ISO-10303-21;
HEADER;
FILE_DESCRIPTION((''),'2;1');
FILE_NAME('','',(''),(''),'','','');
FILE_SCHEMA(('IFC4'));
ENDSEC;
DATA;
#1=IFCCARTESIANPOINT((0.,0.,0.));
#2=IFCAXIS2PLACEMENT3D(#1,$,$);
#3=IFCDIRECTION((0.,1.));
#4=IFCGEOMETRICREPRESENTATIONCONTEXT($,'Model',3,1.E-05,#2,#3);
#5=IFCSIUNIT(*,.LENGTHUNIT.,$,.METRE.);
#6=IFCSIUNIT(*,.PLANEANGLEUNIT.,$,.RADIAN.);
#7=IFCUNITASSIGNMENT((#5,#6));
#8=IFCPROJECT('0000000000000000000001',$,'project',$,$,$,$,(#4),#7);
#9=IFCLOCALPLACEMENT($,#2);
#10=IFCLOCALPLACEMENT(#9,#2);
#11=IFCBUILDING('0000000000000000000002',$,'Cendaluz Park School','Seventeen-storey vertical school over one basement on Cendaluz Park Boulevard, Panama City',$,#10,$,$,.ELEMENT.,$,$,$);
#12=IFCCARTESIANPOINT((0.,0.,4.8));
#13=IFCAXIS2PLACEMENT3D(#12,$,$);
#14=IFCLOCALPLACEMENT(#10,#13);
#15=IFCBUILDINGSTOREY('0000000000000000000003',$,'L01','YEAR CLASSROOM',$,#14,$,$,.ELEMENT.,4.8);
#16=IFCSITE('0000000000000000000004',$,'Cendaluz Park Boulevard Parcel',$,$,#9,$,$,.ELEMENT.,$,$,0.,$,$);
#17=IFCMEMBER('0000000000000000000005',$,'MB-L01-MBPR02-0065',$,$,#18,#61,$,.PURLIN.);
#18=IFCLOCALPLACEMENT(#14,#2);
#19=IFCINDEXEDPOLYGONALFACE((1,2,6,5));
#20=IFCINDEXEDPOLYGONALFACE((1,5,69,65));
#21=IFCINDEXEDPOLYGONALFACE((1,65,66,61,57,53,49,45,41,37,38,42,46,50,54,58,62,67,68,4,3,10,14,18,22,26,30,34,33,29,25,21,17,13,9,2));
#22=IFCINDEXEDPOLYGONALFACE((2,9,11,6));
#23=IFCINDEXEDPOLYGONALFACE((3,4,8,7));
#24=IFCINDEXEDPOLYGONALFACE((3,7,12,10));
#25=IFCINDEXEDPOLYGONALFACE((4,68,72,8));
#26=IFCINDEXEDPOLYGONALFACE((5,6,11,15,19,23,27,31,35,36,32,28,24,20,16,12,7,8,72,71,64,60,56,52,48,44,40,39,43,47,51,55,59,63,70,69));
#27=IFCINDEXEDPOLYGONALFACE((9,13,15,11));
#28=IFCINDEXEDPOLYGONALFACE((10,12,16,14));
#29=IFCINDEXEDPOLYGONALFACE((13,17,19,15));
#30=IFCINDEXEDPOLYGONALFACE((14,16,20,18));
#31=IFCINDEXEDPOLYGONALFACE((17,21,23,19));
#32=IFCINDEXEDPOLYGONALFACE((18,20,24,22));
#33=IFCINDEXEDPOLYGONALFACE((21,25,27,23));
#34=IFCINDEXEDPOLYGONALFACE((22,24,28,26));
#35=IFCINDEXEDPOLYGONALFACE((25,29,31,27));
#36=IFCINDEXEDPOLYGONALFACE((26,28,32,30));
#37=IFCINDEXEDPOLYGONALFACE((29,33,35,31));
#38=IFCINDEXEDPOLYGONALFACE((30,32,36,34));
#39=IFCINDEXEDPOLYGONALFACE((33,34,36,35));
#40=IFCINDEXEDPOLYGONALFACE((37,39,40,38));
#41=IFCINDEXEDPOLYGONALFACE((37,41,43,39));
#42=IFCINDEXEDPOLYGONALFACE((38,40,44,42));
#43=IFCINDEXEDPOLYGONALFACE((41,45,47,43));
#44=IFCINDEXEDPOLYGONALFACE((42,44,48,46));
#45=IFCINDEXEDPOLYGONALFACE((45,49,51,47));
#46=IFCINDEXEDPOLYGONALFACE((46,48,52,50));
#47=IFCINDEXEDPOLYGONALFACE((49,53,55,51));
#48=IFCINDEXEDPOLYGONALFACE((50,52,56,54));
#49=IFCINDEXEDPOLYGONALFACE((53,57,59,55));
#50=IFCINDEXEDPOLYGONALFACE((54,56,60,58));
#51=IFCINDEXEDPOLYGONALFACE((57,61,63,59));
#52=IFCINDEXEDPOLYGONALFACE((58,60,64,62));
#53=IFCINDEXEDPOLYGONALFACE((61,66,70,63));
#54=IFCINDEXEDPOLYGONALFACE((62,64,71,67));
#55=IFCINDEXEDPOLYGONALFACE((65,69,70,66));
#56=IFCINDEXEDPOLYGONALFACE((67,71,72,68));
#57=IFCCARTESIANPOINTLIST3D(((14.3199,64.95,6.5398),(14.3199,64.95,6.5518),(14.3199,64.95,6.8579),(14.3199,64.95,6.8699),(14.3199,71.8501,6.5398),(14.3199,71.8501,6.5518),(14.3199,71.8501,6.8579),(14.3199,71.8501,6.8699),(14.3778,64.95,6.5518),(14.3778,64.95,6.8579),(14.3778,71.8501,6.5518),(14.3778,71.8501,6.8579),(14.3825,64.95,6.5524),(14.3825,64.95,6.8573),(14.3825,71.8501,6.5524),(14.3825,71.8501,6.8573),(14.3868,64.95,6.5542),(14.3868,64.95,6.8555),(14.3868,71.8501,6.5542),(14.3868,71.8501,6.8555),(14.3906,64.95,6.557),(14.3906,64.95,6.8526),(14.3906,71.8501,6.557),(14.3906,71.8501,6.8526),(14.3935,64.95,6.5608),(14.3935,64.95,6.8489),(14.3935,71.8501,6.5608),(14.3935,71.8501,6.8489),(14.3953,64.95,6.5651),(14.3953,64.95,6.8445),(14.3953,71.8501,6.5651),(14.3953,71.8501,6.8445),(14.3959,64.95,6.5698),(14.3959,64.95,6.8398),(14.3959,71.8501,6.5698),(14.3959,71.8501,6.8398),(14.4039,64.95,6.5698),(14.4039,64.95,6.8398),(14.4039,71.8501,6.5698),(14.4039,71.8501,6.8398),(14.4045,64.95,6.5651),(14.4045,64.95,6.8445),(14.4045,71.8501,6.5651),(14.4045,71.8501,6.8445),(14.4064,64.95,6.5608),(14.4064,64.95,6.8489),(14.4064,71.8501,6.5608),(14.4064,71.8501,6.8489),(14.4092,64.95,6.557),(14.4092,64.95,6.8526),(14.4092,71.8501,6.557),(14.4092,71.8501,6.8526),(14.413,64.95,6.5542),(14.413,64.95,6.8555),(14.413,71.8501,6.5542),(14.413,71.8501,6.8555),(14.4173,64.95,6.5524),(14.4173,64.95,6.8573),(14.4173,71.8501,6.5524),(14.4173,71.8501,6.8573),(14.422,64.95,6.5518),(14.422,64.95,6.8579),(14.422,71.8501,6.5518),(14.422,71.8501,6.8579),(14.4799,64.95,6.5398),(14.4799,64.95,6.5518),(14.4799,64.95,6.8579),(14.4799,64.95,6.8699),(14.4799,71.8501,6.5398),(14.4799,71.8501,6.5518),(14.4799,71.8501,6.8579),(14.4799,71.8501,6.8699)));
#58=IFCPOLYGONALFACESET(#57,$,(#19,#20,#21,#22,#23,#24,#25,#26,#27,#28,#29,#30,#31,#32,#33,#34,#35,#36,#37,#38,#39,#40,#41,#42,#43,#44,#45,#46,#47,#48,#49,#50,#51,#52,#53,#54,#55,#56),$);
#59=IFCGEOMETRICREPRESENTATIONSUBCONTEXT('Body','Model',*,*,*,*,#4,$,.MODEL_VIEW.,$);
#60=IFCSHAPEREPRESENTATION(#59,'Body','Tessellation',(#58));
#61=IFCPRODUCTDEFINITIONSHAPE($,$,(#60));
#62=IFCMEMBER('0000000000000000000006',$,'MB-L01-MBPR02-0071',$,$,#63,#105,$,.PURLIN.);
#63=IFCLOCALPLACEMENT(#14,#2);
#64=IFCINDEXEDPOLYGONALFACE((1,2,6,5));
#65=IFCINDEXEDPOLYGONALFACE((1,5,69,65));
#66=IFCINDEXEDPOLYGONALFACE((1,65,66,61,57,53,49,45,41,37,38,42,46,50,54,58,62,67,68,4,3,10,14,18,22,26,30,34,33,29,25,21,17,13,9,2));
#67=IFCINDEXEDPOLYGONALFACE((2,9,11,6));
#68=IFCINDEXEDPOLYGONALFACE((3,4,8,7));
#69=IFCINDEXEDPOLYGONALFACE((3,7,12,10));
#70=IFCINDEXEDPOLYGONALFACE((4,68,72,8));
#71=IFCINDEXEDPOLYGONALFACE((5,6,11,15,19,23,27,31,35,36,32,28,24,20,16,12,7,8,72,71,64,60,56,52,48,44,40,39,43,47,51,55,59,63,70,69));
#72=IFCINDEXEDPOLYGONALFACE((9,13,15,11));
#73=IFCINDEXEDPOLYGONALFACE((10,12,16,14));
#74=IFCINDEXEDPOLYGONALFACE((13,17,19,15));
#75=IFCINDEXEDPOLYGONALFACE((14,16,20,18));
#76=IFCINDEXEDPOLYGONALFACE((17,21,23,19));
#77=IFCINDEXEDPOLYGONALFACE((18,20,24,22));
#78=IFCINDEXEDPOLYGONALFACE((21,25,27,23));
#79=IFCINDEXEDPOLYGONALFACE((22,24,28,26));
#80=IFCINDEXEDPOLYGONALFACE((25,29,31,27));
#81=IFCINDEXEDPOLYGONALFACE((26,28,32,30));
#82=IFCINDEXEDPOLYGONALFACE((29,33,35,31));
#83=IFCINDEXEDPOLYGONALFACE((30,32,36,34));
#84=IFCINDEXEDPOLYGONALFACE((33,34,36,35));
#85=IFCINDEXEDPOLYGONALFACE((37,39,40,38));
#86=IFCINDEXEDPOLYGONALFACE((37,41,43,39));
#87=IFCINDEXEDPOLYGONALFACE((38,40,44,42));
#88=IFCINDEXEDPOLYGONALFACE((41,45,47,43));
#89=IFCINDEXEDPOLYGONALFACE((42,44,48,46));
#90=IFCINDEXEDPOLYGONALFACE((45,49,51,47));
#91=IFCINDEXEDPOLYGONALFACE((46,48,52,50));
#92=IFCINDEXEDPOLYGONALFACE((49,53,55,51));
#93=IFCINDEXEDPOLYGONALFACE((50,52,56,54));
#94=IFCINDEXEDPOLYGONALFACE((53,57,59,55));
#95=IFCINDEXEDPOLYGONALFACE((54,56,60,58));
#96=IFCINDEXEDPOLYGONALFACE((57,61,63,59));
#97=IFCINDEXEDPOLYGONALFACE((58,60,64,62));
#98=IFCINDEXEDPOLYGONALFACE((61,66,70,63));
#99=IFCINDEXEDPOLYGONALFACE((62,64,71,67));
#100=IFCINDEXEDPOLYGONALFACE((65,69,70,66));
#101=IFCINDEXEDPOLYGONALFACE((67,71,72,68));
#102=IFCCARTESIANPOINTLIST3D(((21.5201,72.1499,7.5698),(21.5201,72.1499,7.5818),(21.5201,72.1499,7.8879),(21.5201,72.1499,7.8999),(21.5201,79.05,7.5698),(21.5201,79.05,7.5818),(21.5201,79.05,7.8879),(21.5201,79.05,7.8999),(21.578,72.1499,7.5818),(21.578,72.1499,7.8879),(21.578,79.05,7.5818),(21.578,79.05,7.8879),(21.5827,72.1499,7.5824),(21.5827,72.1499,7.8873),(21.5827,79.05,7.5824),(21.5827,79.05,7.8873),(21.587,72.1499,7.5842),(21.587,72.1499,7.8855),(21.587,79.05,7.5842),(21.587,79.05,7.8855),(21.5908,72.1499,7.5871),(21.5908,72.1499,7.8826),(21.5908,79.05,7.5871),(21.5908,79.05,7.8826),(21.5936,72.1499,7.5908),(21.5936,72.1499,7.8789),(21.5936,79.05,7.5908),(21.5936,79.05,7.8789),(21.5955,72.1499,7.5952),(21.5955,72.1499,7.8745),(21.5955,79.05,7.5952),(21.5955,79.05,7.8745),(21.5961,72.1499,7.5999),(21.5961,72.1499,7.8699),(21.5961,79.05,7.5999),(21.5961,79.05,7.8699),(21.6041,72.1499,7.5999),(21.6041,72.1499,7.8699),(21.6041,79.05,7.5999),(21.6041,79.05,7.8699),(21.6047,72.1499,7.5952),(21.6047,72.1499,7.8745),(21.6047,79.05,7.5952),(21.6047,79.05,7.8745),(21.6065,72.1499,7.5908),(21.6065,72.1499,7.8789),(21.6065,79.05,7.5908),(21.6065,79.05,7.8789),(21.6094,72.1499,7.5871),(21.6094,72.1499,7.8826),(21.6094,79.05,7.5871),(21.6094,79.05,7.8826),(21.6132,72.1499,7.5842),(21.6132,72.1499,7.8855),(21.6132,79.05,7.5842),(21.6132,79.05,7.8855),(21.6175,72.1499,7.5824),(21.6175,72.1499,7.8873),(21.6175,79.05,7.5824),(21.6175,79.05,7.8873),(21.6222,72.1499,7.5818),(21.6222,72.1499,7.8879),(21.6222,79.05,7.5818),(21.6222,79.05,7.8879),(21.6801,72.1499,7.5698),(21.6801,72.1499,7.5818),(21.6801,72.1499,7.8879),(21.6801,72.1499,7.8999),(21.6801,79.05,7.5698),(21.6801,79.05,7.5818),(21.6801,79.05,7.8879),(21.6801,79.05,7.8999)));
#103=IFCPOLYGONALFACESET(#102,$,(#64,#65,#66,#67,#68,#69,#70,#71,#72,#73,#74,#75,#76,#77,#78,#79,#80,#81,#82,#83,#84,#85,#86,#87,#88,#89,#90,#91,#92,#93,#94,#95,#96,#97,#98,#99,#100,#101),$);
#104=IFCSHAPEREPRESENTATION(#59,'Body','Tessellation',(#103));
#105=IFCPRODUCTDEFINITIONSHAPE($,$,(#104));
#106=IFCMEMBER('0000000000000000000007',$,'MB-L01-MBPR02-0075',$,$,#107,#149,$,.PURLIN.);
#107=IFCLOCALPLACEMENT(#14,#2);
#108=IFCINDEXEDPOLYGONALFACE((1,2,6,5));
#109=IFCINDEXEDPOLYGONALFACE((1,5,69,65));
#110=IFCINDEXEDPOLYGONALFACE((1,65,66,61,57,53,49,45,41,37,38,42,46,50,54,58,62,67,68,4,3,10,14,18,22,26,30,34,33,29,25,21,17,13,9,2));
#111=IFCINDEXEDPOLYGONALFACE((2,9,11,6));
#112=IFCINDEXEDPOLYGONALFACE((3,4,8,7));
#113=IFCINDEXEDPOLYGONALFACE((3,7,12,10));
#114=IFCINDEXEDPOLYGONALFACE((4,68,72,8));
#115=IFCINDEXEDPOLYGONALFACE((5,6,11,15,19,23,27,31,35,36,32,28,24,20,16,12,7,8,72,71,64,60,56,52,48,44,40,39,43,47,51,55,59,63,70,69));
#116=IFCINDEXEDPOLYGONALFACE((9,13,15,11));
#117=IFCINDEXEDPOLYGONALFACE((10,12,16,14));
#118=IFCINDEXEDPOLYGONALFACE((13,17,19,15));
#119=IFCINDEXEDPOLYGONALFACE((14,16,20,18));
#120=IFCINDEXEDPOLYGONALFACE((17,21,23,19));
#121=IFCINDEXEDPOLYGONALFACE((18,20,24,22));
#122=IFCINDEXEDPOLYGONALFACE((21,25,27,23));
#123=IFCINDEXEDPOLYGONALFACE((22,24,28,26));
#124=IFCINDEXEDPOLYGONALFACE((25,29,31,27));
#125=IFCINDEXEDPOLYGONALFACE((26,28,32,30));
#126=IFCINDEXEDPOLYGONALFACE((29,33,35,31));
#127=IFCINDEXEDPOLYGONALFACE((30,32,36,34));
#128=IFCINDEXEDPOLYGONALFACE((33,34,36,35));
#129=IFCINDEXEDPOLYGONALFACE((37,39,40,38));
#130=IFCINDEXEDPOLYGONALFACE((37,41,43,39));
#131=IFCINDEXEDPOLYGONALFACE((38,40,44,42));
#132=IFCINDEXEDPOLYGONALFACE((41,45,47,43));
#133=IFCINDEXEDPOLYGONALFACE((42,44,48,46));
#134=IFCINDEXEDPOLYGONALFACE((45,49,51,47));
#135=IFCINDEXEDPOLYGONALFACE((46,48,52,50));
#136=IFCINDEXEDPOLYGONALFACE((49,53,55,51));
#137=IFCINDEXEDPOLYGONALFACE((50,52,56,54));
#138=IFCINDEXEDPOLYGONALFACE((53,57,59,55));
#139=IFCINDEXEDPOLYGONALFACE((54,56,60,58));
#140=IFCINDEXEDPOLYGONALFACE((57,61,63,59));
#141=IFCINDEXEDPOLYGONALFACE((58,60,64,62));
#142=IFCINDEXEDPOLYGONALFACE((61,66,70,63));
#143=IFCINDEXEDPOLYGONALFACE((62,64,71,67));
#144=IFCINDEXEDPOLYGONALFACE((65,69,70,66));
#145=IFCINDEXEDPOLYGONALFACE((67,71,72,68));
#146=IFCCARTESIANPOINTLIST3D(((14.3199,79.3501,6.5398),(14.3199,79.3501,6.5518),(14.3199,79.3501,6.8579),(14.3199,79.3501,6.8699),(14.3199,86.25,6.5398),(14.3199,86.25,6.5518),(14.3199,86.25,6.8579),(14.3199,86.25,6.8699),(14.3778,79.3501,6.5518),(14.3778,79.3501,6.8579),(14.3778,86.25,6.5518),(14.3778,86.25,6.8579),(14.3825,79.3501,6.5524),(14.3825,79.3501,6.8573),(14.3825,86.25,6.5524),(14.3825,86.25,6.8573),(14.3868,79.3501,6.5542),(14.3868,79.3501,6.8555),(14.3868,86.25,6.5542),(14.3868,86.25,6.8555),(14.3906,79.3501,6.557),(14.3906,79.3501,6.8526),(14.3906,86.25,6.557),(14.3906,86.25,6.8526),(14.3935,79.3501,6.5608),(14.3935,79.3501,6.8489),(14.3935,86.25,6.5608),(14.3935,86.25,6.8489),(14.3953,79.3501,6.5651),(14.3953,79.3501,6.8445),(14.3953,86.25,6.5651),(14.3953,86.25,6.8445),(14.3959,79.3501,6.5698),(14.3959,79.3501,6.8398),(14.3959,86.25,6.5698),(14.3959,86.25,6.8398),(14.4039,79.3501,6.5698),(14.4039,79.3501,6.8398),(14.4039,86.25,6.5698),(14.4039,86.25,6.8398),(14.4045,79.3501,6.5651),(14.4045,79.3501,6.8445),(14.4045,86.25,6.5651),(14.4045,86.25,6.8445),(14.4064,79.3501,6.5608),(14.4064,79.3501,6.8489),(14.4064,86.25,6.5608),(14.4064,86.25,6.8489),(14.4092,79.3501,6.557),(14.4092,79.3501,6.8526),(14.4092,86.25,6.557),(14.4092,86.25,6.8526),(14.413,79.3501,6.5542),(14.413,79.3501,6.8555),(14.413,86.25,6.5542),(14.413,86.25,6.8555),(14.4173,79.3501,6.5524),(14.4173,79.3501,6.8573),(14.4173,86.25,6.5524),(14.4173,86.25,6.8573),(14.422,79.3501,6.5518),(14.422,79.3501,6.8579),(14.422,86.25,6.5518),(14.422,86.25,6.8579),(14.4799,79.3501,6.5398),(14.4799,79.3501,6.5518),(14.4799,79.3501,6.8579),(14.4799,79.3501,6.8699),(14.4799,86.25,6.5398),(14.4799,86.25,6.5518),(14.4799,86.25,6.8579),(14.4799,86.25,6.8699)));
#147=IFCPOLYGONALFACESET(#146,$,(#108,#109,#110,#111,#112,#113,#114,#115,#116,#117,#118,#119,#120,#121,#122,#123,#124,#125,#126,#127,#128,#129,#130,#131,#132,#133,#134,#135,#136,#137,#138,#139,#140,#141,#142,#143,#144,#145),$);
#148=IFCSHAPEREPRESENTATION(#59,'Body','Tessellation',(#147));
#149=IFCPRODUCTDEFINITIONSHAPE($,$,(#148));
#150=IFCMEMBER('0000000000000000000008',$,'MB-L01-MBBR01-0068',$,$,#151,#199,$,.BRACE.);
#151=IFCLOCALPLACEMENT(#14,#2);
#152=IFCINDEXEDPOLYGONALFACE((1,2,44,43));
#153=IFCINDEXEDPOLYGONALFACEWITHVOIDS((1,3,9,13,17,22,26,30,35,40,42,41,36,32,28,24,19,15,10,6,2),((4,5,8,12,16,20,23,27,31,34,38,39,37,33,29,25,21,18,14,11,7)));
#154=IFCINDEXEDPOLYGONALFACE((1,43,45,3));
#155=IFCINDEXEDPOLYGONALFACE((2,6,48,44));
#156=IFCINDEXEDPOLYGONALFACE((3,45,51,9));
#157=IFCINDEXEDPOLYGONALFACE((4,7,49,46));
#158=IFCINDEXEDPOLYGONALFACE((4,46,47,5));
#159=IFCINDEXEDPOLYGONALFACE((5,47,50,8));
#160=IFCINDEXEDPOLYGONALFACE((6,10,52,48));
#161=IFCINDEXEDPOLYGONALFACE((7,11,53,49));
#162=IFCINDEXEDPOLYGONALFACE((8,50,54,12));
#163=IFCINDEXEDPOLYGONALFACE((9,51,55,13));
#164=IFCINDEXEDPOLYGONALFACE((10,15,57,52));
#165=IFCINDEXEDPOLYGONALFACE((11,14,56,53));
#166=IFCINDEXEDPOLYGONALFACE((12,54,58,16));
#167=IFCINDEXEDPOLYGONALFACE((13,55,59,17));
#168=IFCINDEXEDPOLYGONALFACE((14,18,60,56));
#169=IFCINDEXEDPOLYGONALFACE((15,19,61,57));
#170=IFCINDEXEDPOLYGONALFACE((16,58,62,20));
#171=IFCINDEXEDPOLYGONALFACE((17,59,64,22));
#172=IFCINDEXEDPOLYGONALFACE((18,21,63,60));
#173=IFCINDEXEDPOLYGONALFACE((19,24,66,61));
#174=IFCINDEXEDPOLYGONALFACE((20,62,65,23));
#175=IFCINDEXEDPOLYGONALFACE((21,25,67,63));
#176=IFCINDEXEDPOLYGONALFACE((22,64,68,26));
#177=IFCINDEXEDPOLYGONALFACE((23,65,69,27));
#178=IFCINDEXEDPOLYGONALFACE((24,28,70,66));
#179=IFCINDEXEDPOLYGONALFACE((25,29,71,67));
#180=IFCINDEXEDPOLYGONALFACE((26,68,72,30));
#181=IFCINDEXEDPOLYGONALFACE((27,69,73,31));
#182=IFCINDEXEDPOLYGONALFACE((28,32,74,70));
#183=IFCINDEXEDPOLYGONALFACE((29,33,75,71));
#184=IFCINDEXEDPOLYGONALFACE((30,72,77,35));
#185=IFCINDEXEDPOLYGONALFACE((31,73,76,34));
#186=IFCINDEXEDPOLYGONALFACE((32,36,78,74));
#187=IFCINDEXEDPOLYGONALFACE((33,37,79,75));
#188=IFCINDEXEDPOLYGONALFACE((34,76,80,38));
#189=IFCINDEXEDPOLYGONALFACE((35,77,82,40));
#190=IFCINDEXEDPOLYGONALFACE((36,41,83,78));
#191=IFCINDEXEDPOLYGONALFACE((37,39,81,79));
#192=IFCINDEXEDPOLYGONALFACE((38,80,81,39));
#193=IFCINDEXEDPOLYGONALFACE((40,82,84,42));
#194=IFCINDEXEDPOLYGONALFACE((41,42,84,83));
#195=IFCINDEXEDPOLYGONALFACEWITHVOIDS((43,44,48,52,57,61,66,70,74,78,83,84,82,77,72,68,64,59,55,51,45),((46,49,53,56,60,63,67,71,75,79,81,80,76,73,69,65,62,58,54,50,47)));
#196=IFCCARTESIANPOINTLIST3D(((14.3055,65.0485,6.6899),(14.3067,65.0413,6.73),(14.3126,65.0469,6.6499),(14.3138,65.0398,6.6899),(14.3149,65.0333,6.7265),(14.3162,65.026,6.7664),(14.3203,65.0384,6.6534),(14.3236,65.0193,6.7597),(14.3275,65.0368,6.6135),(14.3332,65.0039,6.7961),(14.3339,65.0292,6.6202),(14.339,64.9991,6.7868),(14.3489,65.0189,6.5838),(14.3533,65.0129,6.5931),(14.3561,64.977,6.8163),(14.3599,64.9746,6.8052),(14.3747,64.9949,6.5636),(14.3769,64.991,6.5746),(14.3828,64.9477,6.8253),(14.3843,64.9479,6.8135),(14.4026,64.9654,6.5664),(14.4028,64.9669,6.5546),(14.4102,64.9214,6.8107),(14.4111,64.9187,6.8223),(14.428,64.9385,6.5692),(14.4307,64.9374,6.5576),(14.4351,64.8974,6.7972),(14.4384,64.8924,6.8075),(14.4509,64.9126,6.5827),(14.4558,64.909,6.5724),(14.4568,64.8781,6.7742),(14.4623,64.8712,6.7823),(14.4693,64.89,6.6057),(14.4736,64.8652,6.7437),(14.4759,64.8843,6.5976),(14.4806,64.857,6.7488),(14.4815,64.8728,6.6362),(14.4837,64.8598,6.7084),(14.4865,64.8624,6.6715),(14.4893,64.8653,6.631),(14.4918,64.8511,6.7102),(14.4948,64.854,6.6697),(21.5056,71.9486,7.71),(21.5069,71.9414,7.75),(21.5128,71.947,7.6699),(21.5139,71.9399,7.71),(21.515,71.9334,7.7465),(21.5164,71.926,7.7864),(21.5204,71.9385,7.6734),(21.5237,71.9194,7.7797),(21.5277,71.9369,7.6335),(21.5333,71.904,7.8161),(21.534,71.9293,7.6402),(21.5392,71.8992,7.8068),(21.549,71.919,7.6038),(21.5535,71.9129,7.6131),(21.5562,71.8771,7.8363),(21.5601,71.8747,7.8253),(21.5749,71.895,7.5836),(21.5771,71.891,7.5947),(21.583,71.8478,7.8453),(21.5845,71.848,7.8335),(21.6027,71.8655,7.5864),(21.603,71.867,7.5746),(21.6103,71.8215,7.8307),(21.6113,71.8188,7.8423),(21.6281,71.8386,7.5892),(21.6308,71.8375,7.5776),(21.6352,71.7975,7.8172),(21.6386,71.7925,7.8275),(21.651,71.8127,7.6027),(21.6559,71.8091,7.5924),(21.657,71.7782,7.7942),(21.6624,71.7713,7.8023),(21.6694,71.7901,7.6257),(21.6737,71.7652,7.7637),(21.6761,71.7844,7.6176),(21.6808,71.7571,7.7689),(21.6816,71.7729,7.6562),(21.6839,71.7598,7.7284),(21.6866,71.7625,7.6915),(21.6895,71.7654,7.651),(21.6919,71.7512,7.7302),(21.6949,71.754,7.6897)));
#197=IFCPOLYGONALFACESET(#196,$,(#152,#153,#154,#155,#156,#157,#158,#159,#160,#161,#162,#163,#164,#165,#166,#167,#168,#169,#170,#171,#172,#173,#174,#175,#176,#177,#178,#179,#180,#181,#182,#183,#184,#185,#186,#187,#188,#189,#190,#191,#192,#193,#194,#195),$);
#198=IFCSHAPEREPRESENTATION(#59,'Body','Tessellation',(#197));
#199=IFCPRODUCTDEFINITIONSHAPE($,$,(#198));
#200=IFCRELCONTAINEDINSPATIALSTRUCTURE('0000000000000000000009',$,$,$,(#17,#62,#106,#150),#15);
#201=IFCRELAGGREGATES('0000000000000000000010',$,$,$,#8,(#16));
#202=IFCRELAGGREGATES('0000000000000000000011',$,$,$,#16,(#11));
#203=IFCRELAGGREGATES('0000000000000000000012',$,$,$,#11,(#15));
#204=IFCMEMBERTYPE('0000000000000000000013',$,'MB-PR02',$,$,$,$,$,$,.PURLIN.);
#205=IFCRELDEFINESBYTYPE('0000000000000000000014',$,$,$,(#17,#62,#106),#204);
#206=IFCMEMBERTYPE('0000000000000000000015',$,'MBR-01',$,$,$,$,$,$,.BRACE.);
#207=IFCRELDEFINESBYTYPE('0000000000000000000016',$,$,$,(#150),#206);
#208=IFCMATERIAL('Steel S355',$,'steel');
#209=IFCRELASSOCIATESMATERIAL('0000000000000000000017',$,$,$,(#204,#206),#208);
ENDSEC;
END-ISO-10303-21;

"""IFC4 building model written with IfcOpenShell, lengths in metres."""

from ifc_helpers import new_model, si_unit, direction, frame, origin, origin_2d, place, context, subcontext, project, spatial, hollow_circle, i_section, extrude, material, material_profile, profile_set, type_object, element, save


model = new_model("IFC4")

# Units and contexts
model_context = context("Model", 3, precision=1e-05, world=origin(), true_north=direction((0.0, 1.0)))
body_context = subcontext(model_context, "Body", "Model", "MODEL_VIEW")
ifc_project = project(units=[si_unit("LENGTHUNIT", "METRE"), si_unit("PLANEANGLEUNIT", "RADIAN")], contexts=[model_context])

# Site, building, storey
site_placement = place(None, origin())
site = spatial("IfcSite", under=ifc_project, at=site_placement, Name="Cendaluz Park Boulevard Parcel", CompositionType="ELEMENT", RefElevation=0.0)
building_placement = place(site_placement, origin())
building = spatial("IfcBuilding", under=site, at=building_placement, Name="Cendaluz Park School", Description="Seventeen-storey vertical school over one basement on Cendaluz Park Boulevard, Panama City", CompositionType="ELEMENT")
storey_placement = place(building_placement, frame((0.0, 0.0, 4.8)))
storey = spatial("IfcBuildingStorey", under=building, at=storey_placement, Name="L01", Description="YEAR CLASSROOM", CompositionType="ELEMENT", Elevation=4.8)

# Shared definitions
ifc_material_1 = material(Name="Steel S355", Category="steel")

# Members
ifc_material_profile_1 = material_profile(ifc_material_1, i_section(OverallWidth=0.1599, OverallDepth=0.3301, WebThickness=0.0081, FlangeThickness=0.012, FilletRadius=0.0181, at=origin_2d()), Name="IPE 330", Category="steel")
ifc_profile_set_1 = profile_set([ifc_material_profile_1], Name="Steel S355")
member_type_1 = type_object("IfcMemberType", Name="MB-PR02", PredefinedType="PURLIN", material=ifc_profile_set_1)
for number, where, z_axis, x_axis, name in (
    (1, (14.3999, 64.95, 6.7048), (0.0, 1.0, 0.0), (-1.0, 0.0, 0.0), "MB-L01-MBPR02-0065"),
    (2, (21.6001, 72.1499, 7.7349), (0.0, 1.0, 0.0), (-1.0, 0.0, 0.0), "MB-L01-MBPR02-0071"),
):
    element("IfcMember", number, at=place(storey_placement, frame(where, z_axis=z_axis, x_axis=x_axis)), inside=storey, type_object=member_type_1, Name=name, PredefinedType="PURLIN", context=body_context, shape_type="SweptSolid", body=[
        extrude(i_section(OverallWidth=0.1599, OverallDepth=0.3301, WebThickness=0.0081, FlangeThickness=0.012, FilletRadius=0.0181, at=origin_2d()), origin(), (0.0, 0.0, 1.0), 6.9001),
    ])
member_1_placement = place(storey_placement, frame((14.3999, 79.3501, 6.7048), z_axis=(0.0, 1.0, 0.0), x_axis=(-1.0, 0.0, 0.0)))
element("IfcMember", 3, at=member_1_placement, inside=storey, type_object=member_type_1, Name="MB-L01-MBPR02-0075", PredefinedType="PURLIN", context=body_context, shape_type="SweptSolid", body=[
    extrude(i_section(OverallWidth=0.1599, OverallDepth=0.3301, WebThickness=0.0081, FlangeThickness=0.012, FilletRadius=0.0181, at=origin_2d()), origin(), (0.0, 0.0, 1.0), 6.8999),
])
ifc_material_profile_2 = material_profile(ifc_material_1, hollow_circle(Radius=0.1365, WallThickness=0.012, at=origin_2d()), Name="CHS 273x12", Category="steel")
ifc_profile_set_2 = profile_set([ifc_material_profile_2], Name="Steel S355")
member_type_2 = type_object("IfcMemberType", Name="MBR-01", PredefinedType="BRACE", material=ifc_profile_set_2)
for number, where, z_axis, x_axis, name in (
    (4, (14.3999, 64.95, 6.6899), (0.718243, 0.688312, 0.10175), (-0.691903, 0.72199, 0.0), "MB-L01-MBBR01-0068"),
):
    element("IfcMember", number, at=place(storey_placement, frame(where, z_axis=z_axis, x_axis=x_axis)), inside=storey, type_object=member_type_2, Name=name, PredefinedType="BRACE", context=body_context, shape_type="SweptSolid", body=[
        extrude(hollow_circle(Radius=0.1365, WallThickness=0.012, at=origin_2d()), origin(), (0.0, 0.0, 1.0), 10.0247),
    ])

save(model, "model.ifc")
